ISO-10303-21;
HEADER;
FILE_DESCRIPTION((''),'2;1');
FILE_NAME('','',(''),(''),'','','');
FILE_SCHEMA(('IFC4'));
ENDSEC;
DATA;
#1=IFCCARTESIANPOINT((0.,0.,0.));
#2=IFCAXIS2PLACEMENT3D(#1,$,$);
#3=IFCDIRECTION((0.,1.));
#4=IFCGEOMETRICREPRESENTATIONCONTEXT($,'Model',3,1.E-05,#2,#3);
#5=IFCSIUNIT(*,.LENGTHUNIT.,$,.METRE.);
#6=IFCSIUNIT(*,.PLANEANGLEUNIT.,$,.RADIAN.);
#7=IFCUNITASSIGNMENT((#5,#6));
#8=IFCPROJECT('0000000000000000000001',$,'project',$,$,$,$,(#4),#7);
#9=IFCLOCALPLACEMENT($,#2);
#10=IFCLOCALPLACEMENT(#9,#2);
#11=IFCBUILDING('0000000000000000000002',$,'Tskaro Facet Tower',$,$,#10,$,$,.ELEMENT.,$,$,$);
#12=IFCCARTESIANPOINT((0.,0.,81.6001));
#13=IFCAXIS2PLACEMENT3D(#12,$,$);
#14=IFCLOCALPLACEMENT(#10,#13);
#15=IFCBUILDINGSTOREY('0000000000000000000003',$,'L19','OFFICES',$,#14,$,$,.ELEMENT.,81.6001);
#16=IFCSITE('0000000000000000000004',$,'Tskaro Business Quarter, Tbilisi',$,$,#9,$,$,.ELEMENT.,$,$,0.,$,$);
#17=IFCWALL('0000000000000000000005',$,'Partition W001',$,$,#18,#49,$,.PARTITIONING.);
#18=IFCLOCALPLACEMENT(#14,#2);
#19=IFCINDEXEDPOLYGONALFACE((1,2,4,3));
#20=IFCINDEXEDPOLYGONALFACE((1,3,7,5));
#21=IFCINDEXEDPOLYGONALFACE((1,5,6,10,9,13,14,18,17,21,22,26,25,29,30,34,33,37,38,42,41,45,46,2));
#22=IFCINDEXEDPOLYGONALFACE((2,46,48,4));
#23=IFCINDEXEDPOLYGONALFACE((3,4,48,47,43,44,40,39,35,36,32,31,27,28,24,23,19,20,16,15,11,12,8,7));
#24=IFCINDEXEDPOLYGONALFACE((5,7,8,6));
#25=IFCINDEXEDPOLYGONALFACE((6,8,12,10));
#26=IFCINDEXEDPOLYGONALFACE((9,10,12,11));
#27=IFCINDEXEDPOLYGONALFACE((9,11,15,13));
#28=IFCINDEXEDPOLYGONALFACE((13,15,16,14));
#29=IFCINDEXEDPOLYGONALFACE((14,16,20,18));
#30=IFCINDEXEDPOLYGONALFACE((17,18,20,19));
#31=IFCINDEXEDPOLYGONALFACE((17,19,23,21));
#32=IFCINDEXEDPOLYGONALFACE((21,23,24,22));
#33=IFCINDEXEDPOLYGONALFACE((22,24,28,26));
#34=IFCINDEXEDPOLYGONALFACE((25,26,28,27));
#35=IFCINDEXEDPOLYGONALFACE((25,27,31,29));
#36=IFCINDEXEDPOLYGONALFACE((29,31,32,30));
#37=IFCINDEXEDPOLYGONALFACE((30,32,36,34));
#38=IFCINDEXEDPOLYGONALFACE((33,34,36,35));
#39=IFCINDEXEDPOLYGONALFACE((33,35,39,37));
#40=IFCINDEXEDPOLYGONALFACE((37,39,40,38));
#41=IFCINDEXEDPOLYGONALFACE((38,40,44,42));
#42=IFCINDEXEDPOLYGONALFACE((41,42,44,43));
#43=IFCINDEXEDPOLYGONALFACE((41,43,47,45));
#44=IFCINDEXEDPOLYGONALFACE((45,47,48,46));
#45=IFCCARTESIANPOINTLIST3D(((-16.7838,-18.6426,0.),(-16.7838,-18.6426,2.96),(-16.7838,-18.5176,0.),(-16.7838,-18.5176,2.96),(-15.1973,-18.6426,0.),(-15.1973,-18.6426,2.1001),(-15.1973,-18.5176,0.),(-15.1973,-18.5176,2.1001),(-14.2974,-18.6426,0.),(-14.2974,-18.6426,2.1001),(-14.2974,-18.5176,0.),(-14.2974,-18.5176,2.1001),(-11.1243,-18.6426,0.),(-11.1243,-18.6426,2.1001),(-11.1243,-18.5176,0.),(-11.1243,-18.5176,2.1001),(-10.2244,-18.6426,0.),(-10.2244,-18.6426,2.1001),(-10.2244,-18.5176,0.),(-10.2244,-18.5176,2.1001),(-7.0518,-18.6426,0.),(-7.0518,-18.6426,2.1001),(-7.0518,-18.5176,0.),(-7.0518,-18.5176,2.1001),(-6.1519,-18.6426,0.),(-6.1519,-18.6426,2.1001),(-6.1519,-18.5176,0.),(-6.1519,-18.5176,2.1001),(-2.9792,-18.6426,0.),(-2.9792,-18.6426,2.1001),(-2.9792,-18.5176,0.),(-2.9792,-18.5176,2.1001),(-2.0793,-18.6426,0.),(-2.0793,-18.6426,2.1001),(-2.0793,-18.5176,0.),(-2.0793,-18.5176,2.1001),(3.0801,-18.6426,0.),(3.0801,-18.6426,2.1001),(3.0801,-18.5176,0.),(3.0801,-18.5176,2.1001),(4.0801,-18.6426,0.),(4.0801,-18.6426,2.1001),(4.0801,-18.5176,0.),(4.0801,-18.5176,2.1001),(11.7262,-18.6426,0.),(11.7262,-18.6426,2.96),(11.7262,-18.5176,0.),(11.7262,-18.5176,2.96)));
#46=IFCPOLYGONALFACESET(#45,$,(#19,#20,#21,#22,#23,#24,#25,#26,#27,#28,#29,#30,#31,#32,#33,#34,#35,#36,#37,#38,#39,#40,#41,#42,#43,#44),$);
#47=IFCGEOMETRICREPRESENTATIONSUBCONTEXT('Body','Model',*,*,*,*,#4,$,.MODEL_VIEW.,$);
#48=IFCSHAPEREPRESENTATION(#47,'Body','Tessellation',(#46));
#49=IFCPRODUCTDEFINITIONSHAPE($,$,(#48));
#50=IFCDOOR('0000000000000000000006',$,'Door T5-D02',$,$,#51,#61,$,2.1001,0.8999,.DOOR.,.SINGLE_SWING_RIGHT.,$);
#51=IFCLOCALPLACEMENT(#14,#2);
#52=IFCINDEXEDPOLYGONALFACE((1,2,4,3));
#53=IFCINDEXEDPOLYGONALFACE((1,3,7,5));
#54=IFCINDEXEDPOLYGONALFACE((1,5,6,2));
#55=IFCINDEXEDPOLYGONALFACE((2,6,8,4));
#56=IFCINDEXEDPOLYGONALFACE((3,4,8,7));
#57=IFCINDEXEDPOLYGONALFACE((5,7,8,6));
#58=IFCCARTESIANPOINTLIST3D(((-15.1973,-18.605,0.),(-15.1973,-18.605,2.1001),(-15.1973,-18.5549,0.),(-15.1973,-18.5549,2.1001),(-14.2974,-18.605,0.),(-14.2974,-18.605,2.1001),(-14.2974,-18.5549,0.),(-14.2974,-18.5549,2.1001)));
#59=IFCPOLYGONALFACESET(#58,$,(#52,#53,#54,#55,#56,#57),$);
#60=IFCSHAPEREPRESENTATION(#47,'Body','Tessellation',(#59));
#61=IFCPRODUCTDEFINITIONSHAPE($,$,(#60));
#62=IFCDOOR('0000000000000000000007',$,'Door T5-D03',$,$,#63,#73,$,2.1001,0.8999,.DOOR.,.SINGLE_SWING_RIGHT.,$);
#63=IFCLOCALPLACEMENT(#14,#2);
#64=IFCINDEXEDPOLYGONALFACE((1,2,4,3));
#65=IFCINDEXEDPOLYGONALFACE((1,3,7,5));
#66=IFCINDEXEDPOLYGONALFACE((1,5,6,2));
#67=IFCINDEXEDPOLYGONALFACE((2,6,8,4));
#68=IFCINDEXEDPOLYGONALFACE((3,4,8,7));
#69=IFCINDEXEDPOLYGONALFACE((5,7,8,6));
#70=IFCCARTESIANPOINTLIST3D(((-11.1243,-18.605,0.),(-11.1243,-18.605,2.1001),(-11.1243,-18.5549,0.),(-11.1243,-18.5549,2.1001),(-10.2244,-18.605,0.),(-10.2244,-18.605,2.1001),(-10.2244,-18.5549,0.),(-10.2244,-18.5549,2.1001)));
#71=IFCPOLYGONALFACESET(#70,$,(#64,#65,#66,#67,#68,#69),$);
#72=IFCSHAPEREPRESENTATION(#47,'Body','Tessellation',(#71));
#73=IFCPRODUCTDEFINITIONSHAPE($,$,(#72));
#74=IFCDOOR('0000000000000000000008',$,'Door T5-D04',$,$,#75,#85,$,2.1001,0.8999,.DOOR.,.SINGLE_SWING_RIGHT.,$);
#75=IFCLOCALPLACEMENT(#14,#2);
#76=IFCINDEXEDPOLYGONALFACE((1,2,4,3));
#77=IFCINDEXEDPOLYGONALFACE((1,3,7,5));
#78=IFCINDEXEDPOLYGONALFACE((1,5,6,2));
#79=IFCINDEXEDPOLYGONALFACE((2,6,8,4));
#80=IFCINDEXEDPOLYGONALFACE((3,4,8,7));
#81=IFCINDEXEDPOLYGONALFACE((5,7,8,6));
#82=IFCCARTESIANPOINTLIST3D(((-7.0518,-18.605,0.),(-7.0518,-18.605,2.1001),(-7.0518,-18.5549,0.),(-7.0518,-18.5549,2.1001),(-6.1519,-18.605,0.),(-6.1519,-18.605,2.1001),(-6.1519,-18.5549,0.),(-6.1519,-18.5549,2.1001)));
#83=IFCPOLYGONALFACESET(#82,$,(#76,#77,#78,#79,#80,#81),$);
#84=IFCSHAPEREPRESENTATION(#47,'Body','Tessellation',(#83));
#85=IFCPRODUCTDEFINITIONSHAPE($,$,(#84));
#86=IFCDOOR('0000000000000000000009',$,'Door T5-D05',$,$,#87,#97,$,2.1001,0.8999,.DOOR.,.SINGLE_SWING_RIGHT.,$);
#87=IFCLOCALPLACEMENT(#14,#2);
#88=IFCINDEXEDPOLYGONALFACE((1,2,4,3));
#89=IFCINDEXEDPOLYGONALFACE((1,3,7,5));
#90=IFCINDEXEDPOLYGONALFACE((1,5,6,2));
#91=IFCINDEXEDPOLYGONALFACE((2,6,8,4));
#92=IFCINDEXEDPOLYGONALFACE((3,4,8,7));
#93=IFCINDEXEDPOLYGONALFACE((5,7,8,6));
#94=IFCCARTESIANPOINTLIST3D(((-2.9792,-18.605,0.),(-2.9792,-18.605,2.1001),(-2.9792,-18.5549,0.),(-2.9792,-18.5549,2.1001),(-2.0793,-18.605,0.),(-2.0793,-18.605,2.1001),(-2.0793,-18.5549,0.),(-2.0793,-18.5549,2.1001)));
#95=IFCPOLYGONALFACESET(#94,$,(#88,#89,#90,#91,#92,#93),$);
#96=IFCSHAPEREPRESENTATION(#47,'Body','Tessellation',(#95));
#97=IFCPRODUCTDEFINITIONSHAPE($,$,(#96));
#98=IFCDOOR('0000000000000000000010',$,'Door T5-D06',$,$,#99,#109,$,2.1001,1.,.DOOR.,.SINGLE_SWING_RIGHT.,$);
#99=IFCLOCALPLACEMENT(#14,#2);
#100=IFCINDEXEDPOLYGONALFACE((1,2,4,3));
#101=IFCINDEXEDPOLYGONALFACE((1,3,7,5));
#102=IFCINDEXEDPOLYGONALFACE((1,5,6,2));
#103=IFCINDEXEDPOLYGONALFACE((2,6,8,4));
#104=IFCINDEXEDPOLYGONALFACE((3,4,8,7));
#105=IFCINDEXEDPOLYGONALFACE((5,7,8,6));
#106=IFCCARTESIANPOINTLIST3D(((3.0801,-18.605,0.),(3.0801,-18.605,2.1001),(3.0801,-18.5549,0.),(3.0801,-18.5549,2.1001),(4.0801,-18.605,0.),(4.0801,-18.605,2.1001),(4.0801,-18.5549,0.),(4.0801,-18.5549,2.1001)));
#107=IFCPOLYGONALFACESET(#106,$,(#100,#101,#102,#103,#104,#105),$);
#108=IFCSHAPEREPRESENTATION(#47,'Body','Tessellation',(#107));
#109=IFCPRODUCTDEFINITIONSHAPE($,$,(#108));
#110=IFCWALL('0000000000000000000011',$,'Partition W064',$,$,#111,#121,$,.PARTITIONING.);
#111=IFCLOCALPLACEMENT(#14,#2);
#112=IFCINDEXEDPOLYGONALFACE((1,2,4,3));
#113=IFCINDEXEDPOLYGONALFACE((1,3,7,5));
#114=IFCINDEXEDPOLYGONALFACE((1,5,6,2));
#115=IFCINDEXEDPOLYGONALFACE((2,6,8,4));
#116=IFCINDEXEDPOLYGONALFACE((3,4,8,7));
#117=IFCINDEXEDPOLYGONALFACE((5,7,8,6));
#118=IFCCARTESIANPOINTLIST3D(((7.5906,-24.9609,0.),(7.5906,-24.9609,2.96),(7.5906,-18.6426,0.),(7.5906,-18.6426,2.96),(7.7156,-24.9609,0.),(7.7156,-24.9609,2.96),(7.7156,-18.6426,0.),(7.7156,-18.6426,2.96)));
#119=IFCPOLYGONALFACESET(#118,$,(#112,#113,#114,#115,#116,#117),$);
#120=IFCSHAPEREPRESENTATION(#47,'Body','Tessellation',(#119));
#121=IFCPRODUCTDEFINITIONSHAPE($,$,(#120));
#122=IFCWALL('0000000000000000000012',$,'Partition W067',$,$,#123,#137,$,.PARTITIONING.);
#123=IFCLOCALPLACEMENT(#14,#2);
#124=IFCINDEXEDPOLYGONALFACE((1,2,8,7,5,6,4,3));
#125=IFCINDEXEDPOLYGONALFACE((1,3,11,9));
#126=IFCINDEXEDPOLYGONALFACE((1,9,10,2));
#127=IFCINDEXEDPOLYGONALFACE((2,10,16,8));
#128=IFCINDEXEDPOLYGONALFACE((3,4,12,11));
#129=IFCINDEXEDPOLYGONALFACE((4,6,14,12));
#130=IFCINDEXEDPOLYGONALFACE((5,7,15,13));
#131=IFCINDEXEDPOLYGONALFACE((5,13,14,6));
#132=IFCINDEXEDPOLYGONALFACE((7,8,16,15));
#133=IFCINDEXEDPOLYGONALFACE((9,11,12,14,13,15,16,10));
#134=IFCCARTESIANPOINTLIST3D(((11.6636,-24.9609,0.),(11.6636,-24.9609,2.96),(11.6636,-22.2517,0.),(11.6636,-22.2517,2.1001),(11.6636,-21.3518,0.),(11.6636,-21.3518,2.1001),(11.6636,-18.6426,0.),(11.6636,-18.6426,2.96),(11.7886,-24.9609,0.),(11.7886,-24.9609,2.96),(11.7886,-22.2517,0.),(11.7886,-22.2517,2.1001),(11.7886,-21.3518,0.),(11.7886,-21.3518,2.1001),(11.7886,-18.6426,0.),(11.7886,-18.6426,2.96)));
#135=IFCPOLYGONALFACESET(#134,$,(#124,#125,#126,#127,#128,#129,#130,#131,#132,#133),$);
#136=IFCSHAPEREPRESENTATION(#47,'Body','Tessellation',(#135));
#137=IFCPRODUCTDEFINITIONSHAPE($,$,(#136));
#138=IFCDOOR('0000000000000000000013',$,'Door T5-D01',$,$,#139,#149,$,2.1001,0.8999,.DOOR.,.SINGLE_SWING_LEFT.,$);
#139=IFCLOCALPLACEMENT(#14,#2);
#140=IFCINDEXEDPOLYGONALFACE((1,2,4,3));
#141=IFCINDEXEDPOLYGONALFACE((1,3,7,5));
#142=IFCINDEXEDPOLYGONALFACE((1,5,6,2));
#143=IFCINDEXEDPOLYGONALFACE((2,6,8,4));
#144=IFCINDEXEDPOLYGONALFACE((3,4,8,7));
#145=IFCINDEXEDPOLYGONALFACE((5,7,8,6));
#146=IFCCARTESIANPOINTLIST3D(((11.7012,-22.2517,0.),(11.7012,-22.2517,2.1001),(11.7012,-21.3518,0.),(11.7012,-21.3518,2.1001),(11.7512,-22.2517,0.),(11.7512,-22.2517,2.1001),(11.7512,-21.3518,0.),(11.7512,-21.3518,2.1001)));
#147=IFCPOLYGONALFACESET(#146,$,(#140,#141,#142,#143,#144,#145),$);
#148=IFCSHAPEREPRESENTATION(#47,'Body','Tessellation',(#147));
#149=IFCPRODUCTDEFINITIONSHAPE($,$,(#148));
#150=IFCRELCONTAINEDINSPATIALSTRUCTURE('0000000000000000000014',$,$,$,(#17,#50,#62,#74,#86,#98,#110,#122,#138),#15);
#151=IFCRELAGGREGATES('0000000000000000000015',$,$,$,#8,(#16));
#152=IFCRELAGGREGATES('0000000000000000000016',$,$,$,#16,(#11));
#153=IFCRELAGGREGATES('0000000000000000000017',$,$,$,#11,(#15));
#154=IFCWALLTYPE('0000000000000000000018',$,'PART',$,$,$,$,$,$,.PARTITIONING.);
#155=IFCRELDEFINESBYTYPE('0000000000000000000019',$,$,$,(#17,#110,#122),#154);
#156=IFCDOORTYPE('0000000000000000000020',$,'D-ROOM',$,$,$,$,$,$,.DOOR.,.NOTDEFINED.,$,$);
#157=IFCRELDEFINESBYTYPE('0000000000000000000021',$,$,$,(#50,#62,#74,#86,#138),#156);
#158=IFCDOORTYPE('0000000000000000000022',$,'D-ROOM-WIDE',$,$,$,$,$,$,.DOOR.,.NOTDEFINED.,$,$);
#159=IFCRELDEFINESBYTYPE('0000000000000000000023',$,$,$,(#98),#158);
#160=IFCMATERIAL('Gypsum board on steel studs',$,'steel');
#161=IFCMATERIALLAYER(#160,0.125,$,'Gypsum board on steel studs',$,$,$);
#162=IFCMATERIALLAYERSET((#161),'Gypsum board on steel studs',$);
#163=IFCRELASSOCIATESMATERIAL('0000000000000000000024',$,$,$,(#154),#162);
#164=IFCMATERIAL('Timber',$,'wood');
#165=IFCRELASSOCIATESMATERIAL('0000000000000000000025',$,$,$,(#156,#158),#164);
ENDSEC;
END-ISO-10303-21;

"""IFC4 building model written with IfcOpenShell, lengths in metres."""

from ifc_helpers import new_model, si_unit, direction, frame, frame_2d, origin, place, context, subcontext, project, spatial, rectangle, extrude, material, layer, layer_set, type_object, element, fill, save


model = new_model("IFC4")

# Units and contexts
model_context = context("Model", 3, precision=1e-05, world=origin(), true_north=direction((0.0, 1.0)))
body_context = subcontext(model_context, "Body", "Model", "MODEL_VIEW")
ifc_project = project(units=[si_unit("LENGTHUNIT", "METRE"), si_unit("PLANEANGLEUNIT", "RADIAN")], contexts=[model_context])

# Site, building, storey
site_placement = place(None, origin())
site = spatial("IfcSite", under=ifc_project, at=site_placement, Name="Tskaro Business Quarter, Tbilisi", CompositionType="ELEMENT", RefElevation=0.0)
building_placement = place(site_placement, origin())
building = spatial("IfcBuilding", under=site, at=building_placement, Name="Tskaro Facet Tower", CompositionType="ELEMENT")
storey_placement = place(building_placement, frame((0.0, 0.0, 81.6001)))
storey = spatial("IfcBuildingStorey", under=building, at=storey_placement, Name="L19", Description="OFFICES", CompositionType="ELEMENT", Elevation=81.6001)

# Wall, openings, doors
ifc_material_1 = material(Name="Gypsum board on steel studs", Category="steel")
ifc_layer_1 = layer(ifc_material_1, 0.125, Name="Gypsum board on steel studs")
ifc_layer_set_1 = layer_set([ifc_layer_1], Name="Gypsum board on steel studs")
wall_type = type_object("IfcWallType", Name="PART", PredefinedType="PARTITIONING", material=ifc_layer_set_1)
wall_1_placement = place(storey_placement, frame((11.7261, -18.5801, 0.0), z_axis=(0.0, 0.0, 1.0), x_axis=(-1.0, 0.0, 0.0)))
wall_1 = element("IfcWall", 1, at=wall_1_placement, inside=storey, type_object=wall_type, Name="Partition W001", PredefinedType="PARTITIONING", context=body_context, shape_type="SweptSolid", body=[
    extrude(rectangle(XDim=28.51, YDim=0.125, at=frame_2d((14.2549, 0.0))), origin(), (0.0, 0.0, 1.0), 2.96),
])
opening_1_placement = place(wall_1_placement, frame((7.646, 0.0, 0.0)))
opening_1 = element("IfcOpeningElement", 2, at=opening_1_placement, cuts=wall_1, PredefinedType="OPENING", context=body_context, shape_type="SweptSolid", body=[
    extrude(rectangle(XDim=1.0, YDim=2.1001, at=frame_2d((0.5, 1.05))), frame((0.0, 0.0725, 0.0), z_axis=(0.0, -1.0, 0.0), x_axis=(1.0, 0.0, 0.0)), (0.0, 0.0, 1.0), 0.145),
])
opening_2_placement = place(wall_1_placement, frame((26.0234, 0.0, 0.0)))
opening_2 = element("IfcOpeningElement", 3, at=opening_2_placement, cuts=wall_1, PredefinedType="OPENING", context=body_context, shape_type="SweptSolid", body=[
    extrude(rectangle(XDim=0.8999, YDim=2.1001, at=frame_2d((0.45, 1.05))), frame((0.0, 0.0725, 0.0), z_axis=(0.0, -1.0, 0.0), x_axis=(1.0, 0.0, 0.0)), (0.0, 0.0, 1.0), 0.145),
])
opening_3_placement = place(wall_1_placement, frame((21.9504, 0.0, 0.0)))
opening_3 = element("IfcOpeningElement", 4, at=opening_3_placement, cuts=wall_1, PredefinedType="OPENING", context=body_context, shape_type="SweptSolid", body=[
    extrude(rectangle(XDim=0.8999, YDim=2.1001, at=frame_2d((0.45, 1.05))), frame((0.0, 0.0725, 0.0), z_axis=(0.0, -1.0, 0.0), x_axis=(1.0, 0.0, 0.0)), (0.0, 0.0, 1.0), 0.145),
])
opening_4_placement = place(wall_1_placement, frame((17.8779, 0.0, 0.0)))
opening_4 = element("IfcOpeningElement", 5, at=opening_4_placement, cuts=wall_1, PredefinedType="OPENING", context=body_context, shape_type="SweptSolid", body=[
    extrude(rectangle(XDim=0.8999, YDim=2.1001, at=frame_2d((0.45, 1.05))), frame((0.0, 0.0725, 0.0), z_axis=(0.0, -1.0, 0.0), x_axis=(1.0, 0.0, 0.0)), (0.0, 0.0, 1.0), 0.145),
])
opening_5_placement = place(wall_1_placement, frame((13.8054, 0.0, 0.0)))
opening_5 = element("IfcOpeningElement", 6, at=opening_5_placement, cuts=wall_1, PredefinedType="OPENING", context=body_context, shape_type="SweptSolid", body=[
    extrude(rectangle(XDim=0.8999, YDim=2.1001, at=frame_2d((0.45, 1.05))), frame((0.0, 0.0725, 0.0), z_axis=(0.0, -1.0, 0.0), x_axis=(1.0, 0.0, 0.0)), (0.0, 0.0, 1.0), 0.145),
])
ifc_material_2 = material(Name="Timber", Category="wood")
door_type_1 = type_object("IfcDoorType", Name="D-ROOM", OperationType="NOTDEFINED", PredefinedType="DOOR", material=ifc_material_2)
door_1_placement = place(opening_2_placement, origin())
door_1 = element("IfcDoor", 7, at=door_1_placement, inside=storey, type_object=door_type_1, Name="Door T5-D02", OperationType="SINGLE_SWING_RIGHT", OverallHeight=2.1001, OverallWidth=0.8999, PredefinedType="DOOR", context=body_context, shape_type="SweptSolid", body=[
    extrude(rectangle(XDim=0.8999, YDim=2.1001, at=frame_2d((0.45, 1.05))), frame((0.0, 0.0249, 0.0), z_axis=(0.0, -1.0, 0.0), x_axis=(1.0, 0.0, 0.0)), (0.0, 0.0, 1.0), 0.05),
])
fill(opening_2, door_1)
door_2_placement = place(opening_3_placement, origin())
door_2 = element("IfcDoor", 8, at=door_2_placement, inside=storey, type_object=door_type_1, Name="Door T5-D03", OperationType="SINGLE_SWING_RIGHT", OverallHeight=2.1001, OverallWidth=0.8999, PredefinedType="DOOR", context=body_context, shape_type="SweptSolid", body=[
    extrude(rectangle(XDim=0.8999, YDim=2.1001, at=frame_2d((0.45, 1.05))), frame((0.0, 0.0249, 0.0), z_axis=(0.0, -1.0, 0.0), x_axis=(1.0, 0.0, 0.0)), (0.0, 0.0, 1.0), 0.05),
])
fill(opening_3, door_2)
door_3_placement = place(opening_4_placement, origin())
door_3 = element("IfcDoor", 9, at=door_3_placement, inside=storey, type_object=door_type_1, Name="Door T5-D04", OperationType="SINGLE_SWING_RIGHT", OverallHeight=2.1001, OverallWidth=0.8999, PredefinedType="DOOR", context=body_context, shape_type="SweptSolid", body=[
    extrude(rectangle(XDim=0.8999, YDim=2.1001, at=frame_2d((0.45, 1.05))), frame((0.0, 0.0249, 0.0), z_axis=(0.0, -1.0, 0.0), x_axis=(1.0, 0.0, 0.0)), (0.0, 0.0, 1.0), 0.05),
])
fill(opening_4, door_3)
door_4_placement = place(opening_5_placement, origin())
door_4 = element("IfcDoor", 10, at=door_4_placement, inside=storey, type_object=door_type_1, Name="Door T5-D05", OperationType="SINGLE_SWING_RIGHT", OverallHeight=2.1001, OverallWidth=0.8999, PredefinedType="DOOR", context=body_context, shape_type="SweptSolid", body=[
    extrude(rectangle(XDim=0.8999, YDim=2.1001, at=frame_2d((0.45, 1.05))), frame((0.0, 0.0249, 0.0), z_axis=(0.0, -1.0, 0.0), x_axis=(1.0, 0.0, 0.0)), (0.0, 0.0, 1.0), 0.05),
])
fill(opening_5, door_4)
door_type_2 = type_object("IfcDoorType", Name="D-ROOM-WIDE", OperationType="NOTDEFINED", PredefinedType="DOOR", material=ifc_material_2)
door_5_placement = place(opening_1_placement, origin())
door_5 = element("IfcDoor", 11, at=door_5_placement, inside=storey, type_object=door_type_2, Name="Door T5-D06", OperationType="SINGLE_SWING_RIGHT", OverallHeight=2.1001, OverallWidth=1.0, PredefinedType="DOOR", context=body_context, shape_type="SweptSolid", body=[
    extrude(rectangle(XDim=1.0, YDim=2.1001, at=frame_2d((0.5, 1.05))), frame((0.0, 0.0249, 0.0), z_axis=(0.0, -1.0, 0.0), x_axis=(1.0, 0.0, 0.0)), (0.0, 0.0, 1.0), 0.05),
])
fill(opening_1, door_5)

# Wall
wall_2_placement = place(storey_placement, frame((7.6531, -24.9609, 0.0), z_axis=(0.0, 0.0, 1.0), x_axis=(0.0, 1.0, 0.0)))
element("IfcWall", 12, at=wall_2_placement, inside=storey, type_object=wall_type, Name="Partition W064", PredefinedType="PARTITIONING", context=body_context, shape_type="SweptSolid", body=[
    extrude(rectangle(XDim=6.3184, YDim=0.125, at=frame_2d((3.1592, 0.0))), origin(), (0.0, 0.0, 1.0), 2.96),
])

# Wall, opening, door
wall_3_placement = place(storey_placement, frame((11.7261, -24.9609, 0.0), z_axis=(0.0, 0.0, 1.0), x_axis=(0.0, 1.0, 0.0)))
wall_3 = element("IfcWall", 13, at=wall_3_placement, inside=storey, type_object=wall_type, Name="Partition W067", PredefinedType="PARTITIONING", context=body_context, shape_type="SweptSolid", body=[
    extrude(rectangle(XDim=6.3184, YDim=0.125, at=frame_2d((3.1592, 0.0))), origin(), (0.0, 0.0, 1.0), 2.96),
])
opening_6_placement = place(wall_3_placement, frame((2.7092, 0.0, 0.0)))
opening_6 = element("IfcOpeningElement", 14, at=opening_6_placement, cuts=wall_3, PredefinedType="OPENING", context=body_context, shape_type="SweptSolid", body=[
    extrude(rectangle(XDim=0.8999, YDim=2.1001, at=frame_2d((0.45, 1.05))), frame((0.0, 0.0725, 0.0), z_axis=(0.0, -1.0, 0.0), x_axis=(1.0, 0.0, 0.0)), (0.0, 0.0, 1.0), 0.145),
])
door_6_placement = place(opening_6_placement, origin())
door_6 = element("IfcDoor", 15, at=door_6_placement, inside=storey, type_object=door_type_1, Name="Door T5-D01", OperationType="SINGLE_SWING_LEFT", OverallHeight=2.1001, OverallWidth=0.8999, PredefinedType="DOOR", context=body_context, shape_type="SweptSolid", body=[
    extrude(rectangle(XDim=0.8999, YDim=2.1001, at=frame_2d((0.45, 1.05))), frame((0.0, 0.0249, 0.0), z_axis=(0.0, -1.0, 0.0), x_axis=(1.0, 0.0, 0.0)), (0.0, 0.0, 1.0), 0.05),
])
fill(opening_6, door_6)

save(model, "model.ifc")
